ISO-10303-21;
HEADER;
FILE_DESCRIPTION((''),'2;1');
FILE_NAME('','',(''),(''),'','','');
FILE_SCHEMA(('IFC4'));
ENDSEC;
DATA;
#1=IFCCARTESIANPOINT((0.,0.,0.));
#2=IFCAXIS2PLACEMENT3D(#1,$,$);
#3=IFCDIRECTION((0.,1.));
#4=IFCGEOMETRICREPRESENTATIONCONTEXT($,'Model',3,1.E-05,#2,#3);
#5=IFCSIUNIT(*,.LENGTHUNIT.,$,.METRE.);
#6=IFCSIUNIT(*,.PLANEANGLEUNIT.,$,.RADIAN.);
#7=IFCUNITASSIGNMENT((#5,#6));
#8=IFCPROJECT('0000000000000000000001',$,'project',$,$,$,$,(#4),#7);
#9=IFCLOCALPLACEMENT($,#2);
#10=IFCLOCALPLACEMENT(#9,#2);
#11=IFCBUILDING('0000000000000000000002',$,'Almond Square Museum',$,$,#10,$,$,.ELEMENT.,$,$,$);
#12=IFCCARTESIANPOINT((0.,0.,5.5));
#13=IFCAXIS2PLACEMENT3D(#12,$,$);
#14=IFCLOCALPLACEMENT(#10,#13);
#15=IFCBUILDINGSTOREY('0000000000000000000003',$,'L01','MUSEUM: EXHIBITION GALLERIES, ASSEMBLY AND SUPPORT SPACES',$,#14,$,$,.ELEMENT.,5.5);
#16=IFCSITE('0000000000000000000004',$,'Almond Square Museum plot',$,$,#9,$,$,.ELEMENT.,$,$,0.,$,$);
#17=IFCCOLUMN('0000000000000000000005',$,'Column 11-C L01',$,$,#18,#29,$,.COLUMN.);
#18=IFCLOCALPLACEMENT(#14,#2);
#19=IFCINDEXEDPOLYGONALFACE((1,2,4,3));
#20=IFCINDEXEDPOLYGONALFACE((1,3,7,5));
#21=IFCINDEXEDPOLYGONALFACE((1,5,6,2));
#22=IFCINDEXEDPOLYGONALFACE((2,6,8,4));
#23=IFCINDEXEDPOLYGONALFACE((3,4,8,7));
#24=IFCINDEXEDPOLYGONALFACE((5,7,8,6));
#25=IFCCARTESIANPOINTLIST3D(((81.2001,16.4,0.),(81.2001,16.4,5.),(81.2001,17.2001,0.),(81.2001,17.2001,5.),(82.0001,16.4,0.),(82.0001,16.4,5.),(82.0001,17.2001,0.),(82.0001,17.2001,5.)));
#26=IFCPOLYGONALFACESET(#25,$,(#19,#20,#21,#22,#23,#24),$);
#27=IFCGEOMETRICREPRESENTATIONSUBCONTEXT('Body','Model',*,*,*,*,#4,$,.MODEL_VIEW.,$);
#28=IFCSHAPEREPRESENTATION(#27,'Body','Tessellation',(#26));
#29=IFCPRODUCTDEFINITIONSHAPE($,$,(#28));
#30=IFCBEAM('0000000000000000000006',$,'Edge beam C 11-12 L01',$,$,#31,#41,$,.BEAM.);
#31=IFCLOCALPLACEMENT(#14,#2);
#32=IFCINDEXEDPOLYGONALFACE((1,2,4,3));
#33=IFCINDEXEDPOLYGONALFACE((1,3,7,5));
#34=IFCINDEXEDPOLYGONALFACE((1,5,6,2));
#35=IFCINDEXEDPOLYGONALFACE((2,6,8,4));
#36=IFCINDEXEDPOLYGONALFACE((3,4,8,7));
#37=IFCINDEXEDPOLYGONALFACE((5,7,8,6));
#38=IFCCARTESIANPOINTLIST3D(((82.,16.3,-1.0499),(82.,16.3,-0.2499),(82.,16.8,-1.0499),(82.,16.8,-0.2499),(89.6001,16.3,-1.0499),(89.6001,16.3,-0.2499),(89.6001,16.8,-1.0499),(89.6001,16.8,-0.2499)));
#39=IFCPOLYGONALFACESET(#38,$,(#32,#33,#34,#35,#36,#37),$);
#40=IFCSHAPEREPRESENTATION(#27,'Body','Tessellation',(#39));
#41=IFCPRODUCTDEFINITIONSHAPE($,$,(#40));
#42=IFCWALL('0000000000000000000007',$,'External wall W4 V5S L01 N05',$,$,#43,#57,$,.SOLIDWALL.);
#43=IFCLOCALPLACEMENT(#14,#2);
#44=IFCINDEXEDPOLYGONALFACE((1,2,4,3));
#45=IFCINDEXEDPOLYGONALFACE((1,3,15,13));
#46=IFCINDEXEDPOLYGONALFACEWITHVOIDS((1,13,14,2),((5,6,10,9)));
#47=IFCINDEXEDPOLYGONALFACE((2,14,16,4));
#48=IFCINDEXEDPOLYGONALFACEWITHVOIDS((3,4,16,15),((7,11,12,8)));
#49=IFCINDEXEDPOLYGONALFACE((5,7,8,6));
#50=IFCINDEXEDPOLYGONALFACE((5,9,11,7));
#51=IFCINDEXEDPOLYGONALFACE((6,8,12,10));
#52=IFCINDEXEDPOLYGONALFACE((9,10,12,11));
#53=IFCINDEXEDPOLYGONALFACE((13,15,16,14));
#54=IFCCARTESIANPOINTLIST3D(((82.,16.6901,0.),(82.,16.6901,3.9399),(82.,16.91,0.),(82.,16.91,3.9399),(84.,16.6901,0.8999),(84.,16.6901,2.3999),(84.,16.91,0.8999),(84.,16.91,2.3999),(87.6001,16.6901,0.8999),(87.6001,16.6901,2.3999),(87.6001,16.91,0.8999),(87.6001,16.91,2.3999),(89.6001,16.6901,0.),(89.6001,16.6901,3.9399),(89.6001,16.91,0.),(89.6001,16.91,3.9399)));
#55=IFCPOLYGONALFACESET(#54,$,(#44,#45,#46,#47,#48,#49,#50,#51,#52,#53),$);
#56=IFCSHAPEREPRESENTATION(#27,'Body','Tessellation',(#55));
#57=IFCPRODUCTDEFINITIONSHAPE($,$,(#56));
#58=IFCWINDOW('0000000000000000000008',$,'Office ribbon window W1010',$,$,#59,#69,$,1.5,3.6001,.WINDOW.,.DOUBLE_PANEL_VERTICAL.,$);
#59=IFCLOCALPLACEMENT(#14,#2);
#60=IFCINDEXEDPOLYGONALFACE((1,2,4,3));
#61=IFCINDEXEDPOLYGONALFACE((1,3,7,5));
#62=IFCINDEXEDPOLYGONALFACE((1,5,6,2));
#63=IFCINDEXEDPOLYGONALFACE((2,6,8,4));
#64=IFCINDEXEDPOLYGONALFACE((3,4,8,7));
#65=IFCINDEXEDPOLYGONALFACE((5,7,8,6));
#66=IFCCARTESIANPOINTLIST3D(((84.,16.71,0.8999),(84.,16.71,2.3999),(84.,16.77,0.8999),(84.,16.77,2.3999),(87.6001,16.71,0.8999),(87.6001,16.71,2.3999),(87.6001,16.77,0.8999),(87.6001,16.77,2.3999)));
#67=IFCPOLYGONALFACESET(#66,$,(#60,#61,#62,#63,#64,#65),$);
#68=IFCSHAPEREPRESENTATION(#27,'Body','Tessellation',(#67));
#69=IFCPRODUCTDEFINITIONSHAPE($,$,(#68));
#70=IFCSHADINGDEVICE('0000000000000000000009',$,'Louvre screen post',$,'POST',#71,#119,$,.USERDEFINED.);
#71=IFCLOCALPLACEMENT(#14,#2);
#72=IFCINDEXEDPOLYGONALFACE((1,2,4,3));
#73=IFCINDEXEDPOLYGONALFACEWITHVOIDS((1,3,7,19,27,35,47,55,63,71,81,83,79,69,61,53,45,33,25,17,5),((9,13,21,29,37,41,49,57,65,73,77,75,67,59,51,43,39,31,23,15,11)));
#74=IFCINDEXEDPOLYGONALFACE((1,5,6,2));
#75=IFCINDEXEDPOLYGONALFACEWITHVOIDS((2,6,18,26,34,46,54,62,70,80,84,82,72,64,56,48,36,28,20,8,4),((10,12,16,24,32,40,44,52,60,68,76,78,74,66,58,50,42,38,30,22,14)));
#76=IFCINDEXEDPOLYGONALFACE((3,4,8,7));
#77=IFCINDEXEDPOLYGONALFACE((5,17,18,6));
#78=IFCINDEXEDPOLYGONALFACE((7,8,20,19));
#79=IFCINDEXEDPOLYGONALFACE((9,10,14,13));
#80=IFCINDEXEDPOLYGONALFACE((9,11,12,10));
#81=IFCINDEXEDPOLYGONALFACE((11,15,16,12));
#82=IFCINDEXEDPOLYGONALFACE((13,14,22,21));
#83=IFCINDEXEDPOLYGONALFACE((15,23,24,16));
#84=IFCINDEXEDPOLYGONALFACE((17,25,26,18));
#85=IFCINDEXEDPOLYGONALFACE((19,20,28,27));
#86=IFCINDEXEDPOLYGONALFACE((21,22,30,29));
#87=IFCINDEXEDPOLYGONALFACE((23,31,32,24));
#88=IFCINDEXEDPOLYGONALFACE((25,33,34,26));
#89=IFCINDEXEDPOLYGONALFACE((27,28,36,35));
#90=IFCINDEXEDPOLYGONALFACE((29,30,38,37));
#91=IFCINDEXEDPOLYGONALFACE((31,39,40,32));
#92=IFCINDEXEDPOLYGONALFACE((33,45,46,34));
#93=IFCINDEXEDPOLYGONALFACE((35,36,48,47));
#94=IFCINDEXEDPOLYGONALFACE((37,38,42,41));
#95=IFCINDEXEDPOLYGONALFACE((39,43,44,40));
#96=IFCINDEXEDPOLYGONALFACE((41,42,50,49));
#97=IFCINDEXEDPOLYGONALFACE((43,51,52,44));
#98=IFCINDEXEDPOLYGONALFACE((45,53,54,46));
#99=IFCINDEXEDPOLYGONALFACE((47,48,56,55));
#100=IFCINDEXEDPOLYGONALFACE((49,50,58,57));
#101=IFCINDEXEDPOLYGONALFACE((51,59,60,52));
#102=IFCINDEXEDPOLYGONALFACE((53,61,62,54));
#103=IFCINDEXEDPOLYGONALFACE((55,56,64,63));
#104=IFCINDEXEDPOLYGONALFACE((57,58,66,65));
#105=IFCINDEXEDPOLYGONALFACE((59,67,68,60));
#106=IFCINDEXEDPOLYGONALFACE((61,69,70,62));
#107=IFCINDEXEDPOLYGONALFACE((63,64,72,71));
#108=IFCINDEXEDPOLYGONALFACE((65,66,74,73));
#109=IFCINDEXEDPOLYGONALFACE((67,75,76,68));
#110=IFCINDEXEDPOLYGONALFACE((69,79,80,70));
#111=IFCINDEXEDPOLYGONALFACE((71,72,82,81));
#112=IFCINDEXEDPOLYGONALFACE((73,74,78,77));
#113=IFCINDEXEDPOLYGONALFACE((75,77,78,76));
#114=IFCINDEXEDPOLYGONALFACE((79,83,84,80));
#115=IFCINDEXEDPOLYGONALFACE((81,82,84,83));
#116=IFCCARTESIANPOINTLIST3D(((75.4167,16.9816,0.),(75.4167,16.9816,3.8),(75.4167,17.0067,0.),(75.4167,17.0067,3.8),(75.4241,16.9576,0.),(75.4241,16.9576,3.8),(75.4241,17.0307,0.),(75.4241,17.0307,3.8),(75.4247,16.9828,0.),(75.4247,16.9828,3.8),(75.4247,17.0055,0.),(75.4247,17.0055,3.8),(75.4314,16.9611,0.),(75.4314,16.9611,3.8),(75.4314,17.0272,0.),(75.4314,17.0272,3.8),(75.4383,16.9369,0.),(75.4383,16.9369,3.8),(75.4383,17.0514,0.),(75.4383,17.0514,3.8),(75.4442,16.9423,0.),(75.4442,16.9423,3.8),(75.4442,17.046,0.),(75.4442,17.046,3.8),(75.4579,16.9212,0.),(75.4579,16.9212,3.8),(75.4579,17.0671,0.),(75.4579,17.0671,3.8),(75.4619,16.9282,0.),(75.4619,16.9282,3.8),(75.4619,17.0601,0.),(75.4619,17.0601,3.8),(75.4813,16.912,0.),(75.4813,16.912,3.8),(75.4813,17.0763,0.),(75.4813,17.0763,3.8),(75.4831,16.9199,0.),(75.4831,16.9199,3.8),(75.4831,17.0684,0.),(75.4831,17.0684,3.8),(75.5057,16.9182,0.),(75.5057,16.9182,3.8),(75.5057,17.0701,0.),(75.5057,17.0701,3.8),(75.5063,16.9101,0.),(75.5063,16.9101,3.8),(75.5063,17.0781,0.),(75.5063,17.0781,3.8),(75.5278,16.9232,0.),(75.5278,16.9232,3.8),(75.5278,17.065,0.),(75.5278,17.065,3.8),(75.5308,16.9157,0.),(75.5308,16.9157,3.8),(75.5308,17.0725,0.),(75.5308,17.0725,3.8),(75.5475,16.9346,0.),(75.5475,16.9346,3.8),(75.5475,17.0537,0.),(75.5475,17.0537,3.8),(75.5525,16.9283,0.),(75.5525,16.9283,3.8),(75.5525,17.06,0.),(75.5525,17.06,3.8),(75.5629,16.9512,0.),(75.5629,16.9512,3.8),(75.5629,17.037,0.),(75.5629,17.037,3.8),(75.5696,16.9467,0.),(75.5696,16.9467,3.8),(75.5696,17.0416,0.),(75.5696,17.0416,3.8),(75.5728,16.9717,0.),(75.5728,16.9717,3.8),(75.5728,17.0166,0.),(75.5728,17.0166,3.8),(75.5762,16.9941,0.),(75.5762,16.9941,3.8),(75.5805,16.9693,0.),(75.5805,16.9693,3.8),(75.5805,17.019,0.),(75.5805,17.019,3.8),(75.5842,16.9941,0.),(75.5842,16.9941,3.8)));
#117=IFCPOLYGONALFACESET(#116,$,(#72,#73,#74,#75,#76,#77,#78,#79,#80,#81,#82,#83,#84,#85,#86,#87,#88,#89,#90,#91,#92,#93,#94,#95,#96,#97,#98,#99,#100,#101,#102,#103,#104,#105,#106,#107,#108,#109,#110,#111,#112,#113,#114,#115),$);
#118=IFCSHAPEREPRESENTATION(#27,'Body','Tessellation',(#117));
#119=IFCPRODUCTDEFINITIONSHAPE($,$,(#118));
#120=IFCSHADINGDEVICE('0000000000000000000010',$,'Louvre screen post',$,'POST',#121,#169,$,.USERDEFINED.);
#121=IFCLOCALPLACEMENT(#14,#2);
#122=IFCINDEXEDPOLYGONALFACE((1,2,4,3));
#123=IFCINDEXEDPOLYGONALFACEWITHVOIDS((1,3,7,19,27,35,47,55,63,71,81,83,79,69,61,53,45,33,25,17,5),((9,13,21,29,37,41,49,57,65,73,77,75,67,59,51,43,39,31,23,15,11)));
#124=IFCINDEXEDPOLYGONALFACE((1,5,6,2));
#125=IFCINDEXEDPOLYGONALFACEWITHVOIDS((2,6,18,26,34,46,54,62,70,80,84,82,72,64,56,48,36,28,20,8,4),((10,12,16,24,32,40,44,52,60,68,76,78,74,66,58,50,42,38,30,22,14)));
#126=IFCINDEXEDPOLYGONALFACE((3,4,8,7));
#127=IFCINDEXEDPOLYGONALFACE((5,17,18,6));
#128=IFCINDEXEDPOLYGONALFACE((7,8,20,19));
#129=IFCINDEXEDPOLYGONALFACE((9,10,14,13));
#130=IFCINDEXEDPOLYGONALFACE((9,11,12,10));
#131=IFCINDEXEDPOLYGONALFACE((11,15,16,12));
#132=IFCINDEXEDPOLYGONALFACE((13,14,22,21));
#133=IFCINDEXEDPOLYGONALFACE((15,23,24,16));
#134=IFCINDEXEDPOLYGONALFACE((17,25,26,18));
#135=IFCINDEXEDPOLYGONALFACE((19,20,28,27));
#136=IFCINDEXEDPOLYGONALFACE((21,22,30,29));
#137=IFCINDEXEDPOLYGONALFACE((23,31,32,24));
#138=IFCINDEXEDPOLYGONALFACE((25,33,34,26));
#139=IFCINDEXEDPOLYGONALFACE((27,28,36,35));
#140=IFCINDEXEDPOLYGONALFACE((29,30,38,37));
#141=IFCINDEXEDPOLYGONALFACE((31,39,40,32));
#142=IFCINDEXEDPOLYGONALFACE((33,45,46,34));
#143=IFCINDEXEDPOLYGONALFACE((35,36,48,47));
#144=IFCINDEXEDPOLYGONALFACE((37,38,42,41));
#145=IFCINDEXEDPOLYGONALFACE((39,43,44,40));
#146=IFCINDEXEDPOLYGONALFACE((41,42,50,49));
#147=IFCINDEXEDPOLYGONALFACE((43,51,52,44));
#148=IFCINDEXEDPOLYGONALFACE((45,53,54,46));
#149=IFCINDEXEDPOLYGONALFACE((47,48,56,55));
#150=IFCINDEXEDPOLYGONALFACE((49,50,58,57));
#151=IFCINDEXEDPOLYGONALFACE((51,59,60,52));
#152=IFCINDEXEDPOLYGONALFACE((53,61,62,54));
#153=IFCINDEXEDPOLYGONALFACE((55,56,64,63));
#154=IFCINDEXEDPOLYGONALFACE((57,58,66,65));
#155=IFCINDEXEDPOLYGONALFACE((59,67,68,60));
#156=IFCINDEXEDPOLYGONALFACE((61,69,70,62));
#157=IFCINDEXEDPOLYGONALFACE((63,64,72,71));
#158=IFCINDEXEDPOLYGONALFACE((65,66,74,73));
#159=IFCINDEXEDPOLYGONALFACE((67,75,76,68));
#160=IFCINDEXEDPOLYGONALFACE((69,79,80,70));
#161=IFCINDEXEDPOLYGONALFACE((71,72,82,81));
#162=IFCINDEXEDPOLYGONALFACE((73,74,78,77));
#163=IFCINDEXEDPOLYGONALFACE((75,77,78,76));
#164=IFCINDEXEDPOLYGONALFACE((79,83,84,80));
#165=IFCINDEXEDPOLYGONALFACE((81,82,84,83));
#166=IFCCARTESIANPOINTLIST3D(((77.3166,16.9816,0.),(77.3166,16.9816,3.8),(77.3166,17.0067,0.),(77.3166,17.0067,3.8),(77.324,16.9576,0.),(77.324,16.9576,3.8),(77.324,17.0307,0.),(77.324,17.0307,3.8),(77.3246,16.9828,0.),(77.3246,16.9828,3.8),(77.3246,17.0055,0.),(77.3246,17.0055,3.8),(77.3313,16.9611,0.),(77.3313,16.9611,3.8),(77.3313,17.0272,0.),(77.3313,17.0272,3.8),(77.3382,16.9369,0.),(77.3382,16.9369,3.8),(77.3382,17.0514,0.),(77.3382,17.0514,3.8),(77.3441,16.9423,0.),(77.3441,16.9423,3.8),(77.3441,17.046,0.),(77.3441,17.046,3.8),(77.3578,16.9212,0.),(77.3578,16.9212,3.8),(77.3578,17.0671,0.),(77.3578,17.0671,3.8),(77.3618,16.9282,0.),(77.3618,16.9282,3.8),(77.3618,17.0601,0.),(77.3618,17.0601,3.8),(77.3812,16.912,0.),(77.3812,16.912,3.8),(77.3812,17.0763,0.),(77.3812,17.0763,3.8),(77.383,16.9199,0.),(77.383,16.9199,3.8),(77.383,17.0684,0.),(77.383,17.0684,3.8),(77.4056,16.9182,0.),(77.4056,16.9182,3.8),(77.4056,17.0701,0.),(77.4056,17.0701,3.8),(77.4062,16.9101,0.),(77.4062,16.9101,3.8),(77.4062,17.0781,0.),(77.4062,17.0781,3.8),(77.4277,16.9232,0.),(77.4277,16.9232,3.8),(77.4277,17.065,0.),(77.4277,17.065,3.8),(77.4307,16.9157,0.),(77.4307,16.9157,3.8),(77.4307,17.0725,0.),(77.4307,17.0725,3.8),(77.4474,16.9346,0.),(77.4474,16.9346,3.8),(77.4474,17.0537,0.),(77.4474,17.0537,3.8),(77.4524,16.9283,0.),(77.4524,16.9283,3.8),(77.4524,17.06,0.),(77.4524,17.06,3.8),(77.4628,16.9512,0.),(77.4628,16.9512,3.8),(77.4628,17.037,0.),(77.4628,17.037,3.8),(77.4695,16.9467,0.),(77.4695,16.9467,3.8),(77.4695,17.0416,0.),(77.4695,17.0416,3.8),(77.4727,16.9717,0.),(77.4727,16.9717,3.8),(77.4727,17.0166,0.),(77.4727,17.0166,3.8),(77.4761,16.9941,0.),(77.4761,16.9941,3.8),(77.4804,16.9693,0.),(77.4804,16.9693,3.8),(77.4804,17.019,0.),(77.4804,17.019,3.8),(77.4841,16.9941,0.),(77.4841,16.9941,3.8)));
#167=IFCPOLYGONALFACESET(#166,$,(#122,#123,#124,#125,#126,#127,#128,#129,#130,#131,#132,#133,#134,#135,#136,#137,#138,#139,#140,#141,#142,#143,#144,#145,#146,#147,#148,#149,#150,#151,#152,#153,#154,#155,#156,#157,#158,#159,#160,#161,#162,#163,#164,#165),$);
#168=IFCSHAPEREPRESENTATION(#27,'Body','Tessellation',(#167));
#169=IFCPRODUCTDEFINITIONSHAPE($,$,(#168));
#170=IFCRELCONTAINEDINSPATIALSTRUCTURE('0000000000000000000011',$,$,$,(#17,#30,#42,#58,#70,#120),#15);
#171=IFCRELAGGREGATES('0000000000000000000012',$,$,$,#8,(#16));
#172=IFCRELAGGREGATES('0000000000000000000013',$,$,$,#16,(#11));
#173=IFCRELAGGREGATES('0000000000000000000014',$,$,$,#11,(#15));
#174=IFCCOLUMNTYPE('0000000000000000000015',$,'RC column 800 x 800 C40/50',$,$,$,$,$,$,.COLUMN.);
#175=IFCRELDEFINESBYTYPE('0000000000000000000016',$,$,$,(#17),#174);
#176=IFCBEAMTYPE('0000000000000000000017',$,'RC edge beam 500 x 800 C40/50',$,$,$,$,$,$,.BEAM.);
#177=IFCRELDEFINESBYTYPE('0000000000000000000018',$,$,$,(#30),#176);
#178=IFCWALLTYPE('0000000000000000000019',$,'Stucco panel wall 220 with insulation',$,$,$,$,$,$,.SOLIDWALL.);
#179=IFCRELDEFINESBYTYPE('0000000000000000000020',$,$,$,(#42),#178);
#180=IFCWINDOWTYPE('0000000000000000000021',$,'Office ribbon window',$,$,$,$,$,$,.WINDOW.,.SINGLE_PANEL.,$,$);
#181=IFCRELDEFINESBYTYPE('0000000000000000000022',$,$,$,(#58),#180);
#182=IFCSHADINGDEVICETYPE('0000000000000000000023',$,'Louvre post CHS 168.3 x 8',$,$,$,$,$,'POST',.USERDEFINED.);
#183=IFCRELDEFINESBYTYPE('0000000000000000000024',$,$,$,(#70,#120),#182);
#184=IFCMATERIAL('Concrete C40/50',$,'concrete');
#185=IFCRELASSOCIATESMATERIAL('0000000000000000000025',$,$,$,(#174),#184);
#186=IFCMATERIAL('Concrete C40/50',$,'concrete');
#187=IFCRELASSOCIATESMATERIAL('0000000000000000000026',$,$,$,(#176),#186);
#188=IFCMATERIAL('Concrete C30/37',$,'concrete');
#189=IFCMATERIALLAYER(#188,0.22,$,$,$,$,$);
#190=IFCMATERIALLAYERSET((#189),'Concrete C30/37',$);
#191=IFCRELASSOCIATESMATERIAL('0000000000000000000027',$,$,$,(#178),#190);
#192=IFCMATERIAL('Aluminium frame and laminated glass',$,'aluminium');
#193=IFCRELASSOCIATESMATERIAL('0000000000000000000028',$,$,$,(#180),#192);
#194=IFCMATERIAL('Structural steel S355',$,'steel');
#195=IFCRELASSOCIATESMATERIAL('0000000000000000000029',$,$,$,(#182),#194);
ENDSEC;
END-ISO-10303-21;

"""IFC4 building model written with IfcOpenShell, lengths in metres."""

from ifc_helpers import new_model, si_unit, direction, frame, frame_2d, origin, origin_2d, place, context, subcontext, project, spatial, rectangle, hollow_circle, extrude, material, layer, layer_set, material_profile, profile_set, type_object, element, fill, save


model = new_model("IFC4")

# Units and contexts
model_context = context("Model", 3, precision=1e-05, world=origin(), true_north=direction((0.0, 1.0)))
body_context = subcontext(model_context, "Body", "Model", "MODEL_VIEW")
ifc_project = project(units=[si_unit("LENGTHUNIT", "METRE"), si_unit("PLANEANGLEUNIT", "RADIAN")], contexts=[model_context])

# Site, building, storey
site_placement = place(None, origin())
site = spatial("IfcSite", under=ifc_project, at=site_placement, Name="Almond Square Museum plot", CompositionType="ELEMENT", RefElevation=0.0)
building_placement = place(site_placement, origin())
building = spatial("IfcBuilding", under=site, at=building_placement, Name="Almond Square Museum", CompositionType="ELEMENT")
storey_placement = place(building_placement, frame((0.0, 0.0, 5.5)))
storey = spatial("IfcBuildingStorey", under=building, at=storey_placement, Name="L01", Description="MUSEUM: EXHIBITION GALLERIES, ASSEMBLY AND SUPPORT SPACES", CompositionType="ELEMENT", Elevation=5.5)

# Column
ifc_material_1 = material(Name="Concrete C40/50", Category="concrete")
ifc_material_profile_1 = material_profile(ifc_material_1, rectangle(XDim=0.8, YDim=0.8, at=origin_2d()))
ifc_profile_set_1 = profile_set([ifc_material_profile_1], Name="Concrete C40/50")
column_type = type_object("IfcColumnType", Name="RC column 800 x 800 C40/50", PredefinedType="COLUMN", material=ifc_profile_set_1)
column_placement = place(storey_placement, frame((81.6001, 16.8, 0.0), z_axis=(0.0, 0.0, 1.0), x_axis=(1.0, 0.0, 0.0)))
element("IfcColumn", 1, at=column_placement, inside=storey, type_object=column_type, Name="Column 11-C L01", PredefinedType="COLUMN", context=body_context, shape_type="SweptSolid", body=[
    extrude(rectangle(XDim=0.8, YDim=0.8, at=origin_2d()), origin(), (0.0, 0.0, 1.0), 5.0),
])

# Beam
ifc_material_2 = material(Name="Concrete C40/50", Category="concrete")
ifc_material_profile_2 = material_profile(ifc_material_2, rectangle(XDim=0.5, YDim=0.8, at=origin_2d()))
ifc_profile_set_2 = profile_set([ifc_material_profile_2], Name="Concrete C40/50")
beam_type = type_object("IfcBeamType", Name="RC edge beam 500 x 800 C40/50", PredefinedType="BEAM", material=ifc_profile_set_2)
beam_placement = place(storey_placement, frame((82.0, 16.55, -0.6499), z_axis=(1.0, 0.0, 0.0), x_axis=(0.0, 1.0, 0.0)))
element("IfcBeam", 2, at=beam_placement, inside=storey, type_object=beam_type, Name="Edge beam C 11-12 L01", PredefinedType="BEAM", context=body_context, shape_type="SweptSolid", body=[
    extrude(rectangle(XDim=0.5, YDim=0.8, at=origin_2d()), origin(), (0.0, 0.0, 1.0), 7.6001),
])

# Wall, opening, window
ifc_material_3 = material(Name="Concrete C30/37", Category="concrete")
ifc_layer = layer(ifc_material_3, 0.22)
ifc_layer_set = layer_set([ifc_layer], Name="Concrete C30/37")
wall_type = type_object("IfcWallType", Name="Stucco panel wall 220 with insulation", PredefinedType="SOLIDWALL", material=ifc_layer_set)
wall_placement = place(storey_placement, frame((82.0, 16.8, 0.0), z_axis=(0.0, 0.0, 1.0), x_axis=(1.0, 0.0, 0.0)))
wall = element("IfcWall", 3, at=wall_placement, inside=storey, type_object=wall_type, Name="External wall W4 V5S L01 N05", PredefinedType="SOLIDWALL", context=body_context, shape_type="SweptSolid", body=[
    extrude(rectangle(XDim=7.6001, YDim=0.22, at=frame_2d((3.8, 0.0))), origin(), (0.0, 0.0, 1.0), 3.9399),
])
opening_placement = place(wall_placement, frame((2.0, 0.0, 0.8999)))
opening = element("IfcOpeningElement", 4, at=opening_placement, cuts=wall, PredefinedType="OPENING", context=body_context, shape_type="SweptSolid", body=[
    extrude(rectangle(XDim=3.6001, YDim=1.5, at=frame_2d((1.8, 0.75))), frame((0.0, 0.1199, 0.0), z_axis=(0.0, -1.0, 0.0), x_axis=(1.0, 0.0, 0.0)), (0.0, 0.0, 1.0), 0.24),
])
ifc_material_4 = material(Name="Aluminium frame and laminated glass", Category="aluminium")
window_type = type_object("IfcWindowType", Name="Office ribbon window", PartitioningType="SINGLE_PANEL", PredefinedType="WINDOW", material=ifc_material_4)
window_placement = place(opening_placement, origin())
window = element("IfcWindow", 5, at=window_placement, inside=storey, type_object=window_type, Name="Office ribbon window W1010", OverallHeight=1.5, OverallWidth=3.6001, PartitioningType="DOUBLE_PANEL_VERTICAL", PredefinedType="WINDOW", context=body_context, shape_type="SweptSolid", body=[
    extrude(rectangle(XDim=3.6001, YDim=1.5, at=frame_2d((1.8, 0.75))), frame((0.0, -0.03, 0.0), z_axis=(0.0, -1.0, 0.0), x_axis=(1.0, 0.0, 0.0)), (0.0, 0.0, 1.0), 0.0601),
])
fill(opening, window)

# Shading devices
ifc_material_5 = material(Name="Structural steel S355", Category="steel")
ifc_material_profile_3 = material_profile(ifc_material_5, hollow_circle(Radius=0.0842, WallThickness=0.0081, at=origin_2d()))
ifc_profile_set_3 = profile_set([ifc_material_profile_3], Name="Structural steel S355")
shading_device_type_1 = type_object("IfcShadingDeviceType", Name="Louvre post CHS 168.3 x 8", ElementType="POST", PredefinedType="USERDEFINED", material=ifc_profile_set_3)
for number, where, z_axis, x_axis, name in (
    (6, (75.5, 16.9941, 0.0), (0.0, 0.0, 1.0), (1.0, 0.0, 0.0), "Louvre screen post"),
    (7, (77.3999, 16.9941, 0.0), (0.0, 0.0, 1.0), (1.0, 0.0, 0.0), "Louvre screen post"),
):
    element("IfcShadingDevice", number, at=place(storey_placement, frame(where, z_axis=z_axis, x_axis=x_axis)), inside=storey, type_object=shading_device_type_1, Name=name, ObjectType="POST", PredefinedType="USERDEFINED", context=body_context, shape_type="SweptSolid", body=[
        extrude(hollow_circle(Radius=0.0842, WallThickness=0.0081, at=origin_2d()), origin(), (0.0, 0.0, 1.0), 3.8),
    ])

save(model, "model.ifc")
